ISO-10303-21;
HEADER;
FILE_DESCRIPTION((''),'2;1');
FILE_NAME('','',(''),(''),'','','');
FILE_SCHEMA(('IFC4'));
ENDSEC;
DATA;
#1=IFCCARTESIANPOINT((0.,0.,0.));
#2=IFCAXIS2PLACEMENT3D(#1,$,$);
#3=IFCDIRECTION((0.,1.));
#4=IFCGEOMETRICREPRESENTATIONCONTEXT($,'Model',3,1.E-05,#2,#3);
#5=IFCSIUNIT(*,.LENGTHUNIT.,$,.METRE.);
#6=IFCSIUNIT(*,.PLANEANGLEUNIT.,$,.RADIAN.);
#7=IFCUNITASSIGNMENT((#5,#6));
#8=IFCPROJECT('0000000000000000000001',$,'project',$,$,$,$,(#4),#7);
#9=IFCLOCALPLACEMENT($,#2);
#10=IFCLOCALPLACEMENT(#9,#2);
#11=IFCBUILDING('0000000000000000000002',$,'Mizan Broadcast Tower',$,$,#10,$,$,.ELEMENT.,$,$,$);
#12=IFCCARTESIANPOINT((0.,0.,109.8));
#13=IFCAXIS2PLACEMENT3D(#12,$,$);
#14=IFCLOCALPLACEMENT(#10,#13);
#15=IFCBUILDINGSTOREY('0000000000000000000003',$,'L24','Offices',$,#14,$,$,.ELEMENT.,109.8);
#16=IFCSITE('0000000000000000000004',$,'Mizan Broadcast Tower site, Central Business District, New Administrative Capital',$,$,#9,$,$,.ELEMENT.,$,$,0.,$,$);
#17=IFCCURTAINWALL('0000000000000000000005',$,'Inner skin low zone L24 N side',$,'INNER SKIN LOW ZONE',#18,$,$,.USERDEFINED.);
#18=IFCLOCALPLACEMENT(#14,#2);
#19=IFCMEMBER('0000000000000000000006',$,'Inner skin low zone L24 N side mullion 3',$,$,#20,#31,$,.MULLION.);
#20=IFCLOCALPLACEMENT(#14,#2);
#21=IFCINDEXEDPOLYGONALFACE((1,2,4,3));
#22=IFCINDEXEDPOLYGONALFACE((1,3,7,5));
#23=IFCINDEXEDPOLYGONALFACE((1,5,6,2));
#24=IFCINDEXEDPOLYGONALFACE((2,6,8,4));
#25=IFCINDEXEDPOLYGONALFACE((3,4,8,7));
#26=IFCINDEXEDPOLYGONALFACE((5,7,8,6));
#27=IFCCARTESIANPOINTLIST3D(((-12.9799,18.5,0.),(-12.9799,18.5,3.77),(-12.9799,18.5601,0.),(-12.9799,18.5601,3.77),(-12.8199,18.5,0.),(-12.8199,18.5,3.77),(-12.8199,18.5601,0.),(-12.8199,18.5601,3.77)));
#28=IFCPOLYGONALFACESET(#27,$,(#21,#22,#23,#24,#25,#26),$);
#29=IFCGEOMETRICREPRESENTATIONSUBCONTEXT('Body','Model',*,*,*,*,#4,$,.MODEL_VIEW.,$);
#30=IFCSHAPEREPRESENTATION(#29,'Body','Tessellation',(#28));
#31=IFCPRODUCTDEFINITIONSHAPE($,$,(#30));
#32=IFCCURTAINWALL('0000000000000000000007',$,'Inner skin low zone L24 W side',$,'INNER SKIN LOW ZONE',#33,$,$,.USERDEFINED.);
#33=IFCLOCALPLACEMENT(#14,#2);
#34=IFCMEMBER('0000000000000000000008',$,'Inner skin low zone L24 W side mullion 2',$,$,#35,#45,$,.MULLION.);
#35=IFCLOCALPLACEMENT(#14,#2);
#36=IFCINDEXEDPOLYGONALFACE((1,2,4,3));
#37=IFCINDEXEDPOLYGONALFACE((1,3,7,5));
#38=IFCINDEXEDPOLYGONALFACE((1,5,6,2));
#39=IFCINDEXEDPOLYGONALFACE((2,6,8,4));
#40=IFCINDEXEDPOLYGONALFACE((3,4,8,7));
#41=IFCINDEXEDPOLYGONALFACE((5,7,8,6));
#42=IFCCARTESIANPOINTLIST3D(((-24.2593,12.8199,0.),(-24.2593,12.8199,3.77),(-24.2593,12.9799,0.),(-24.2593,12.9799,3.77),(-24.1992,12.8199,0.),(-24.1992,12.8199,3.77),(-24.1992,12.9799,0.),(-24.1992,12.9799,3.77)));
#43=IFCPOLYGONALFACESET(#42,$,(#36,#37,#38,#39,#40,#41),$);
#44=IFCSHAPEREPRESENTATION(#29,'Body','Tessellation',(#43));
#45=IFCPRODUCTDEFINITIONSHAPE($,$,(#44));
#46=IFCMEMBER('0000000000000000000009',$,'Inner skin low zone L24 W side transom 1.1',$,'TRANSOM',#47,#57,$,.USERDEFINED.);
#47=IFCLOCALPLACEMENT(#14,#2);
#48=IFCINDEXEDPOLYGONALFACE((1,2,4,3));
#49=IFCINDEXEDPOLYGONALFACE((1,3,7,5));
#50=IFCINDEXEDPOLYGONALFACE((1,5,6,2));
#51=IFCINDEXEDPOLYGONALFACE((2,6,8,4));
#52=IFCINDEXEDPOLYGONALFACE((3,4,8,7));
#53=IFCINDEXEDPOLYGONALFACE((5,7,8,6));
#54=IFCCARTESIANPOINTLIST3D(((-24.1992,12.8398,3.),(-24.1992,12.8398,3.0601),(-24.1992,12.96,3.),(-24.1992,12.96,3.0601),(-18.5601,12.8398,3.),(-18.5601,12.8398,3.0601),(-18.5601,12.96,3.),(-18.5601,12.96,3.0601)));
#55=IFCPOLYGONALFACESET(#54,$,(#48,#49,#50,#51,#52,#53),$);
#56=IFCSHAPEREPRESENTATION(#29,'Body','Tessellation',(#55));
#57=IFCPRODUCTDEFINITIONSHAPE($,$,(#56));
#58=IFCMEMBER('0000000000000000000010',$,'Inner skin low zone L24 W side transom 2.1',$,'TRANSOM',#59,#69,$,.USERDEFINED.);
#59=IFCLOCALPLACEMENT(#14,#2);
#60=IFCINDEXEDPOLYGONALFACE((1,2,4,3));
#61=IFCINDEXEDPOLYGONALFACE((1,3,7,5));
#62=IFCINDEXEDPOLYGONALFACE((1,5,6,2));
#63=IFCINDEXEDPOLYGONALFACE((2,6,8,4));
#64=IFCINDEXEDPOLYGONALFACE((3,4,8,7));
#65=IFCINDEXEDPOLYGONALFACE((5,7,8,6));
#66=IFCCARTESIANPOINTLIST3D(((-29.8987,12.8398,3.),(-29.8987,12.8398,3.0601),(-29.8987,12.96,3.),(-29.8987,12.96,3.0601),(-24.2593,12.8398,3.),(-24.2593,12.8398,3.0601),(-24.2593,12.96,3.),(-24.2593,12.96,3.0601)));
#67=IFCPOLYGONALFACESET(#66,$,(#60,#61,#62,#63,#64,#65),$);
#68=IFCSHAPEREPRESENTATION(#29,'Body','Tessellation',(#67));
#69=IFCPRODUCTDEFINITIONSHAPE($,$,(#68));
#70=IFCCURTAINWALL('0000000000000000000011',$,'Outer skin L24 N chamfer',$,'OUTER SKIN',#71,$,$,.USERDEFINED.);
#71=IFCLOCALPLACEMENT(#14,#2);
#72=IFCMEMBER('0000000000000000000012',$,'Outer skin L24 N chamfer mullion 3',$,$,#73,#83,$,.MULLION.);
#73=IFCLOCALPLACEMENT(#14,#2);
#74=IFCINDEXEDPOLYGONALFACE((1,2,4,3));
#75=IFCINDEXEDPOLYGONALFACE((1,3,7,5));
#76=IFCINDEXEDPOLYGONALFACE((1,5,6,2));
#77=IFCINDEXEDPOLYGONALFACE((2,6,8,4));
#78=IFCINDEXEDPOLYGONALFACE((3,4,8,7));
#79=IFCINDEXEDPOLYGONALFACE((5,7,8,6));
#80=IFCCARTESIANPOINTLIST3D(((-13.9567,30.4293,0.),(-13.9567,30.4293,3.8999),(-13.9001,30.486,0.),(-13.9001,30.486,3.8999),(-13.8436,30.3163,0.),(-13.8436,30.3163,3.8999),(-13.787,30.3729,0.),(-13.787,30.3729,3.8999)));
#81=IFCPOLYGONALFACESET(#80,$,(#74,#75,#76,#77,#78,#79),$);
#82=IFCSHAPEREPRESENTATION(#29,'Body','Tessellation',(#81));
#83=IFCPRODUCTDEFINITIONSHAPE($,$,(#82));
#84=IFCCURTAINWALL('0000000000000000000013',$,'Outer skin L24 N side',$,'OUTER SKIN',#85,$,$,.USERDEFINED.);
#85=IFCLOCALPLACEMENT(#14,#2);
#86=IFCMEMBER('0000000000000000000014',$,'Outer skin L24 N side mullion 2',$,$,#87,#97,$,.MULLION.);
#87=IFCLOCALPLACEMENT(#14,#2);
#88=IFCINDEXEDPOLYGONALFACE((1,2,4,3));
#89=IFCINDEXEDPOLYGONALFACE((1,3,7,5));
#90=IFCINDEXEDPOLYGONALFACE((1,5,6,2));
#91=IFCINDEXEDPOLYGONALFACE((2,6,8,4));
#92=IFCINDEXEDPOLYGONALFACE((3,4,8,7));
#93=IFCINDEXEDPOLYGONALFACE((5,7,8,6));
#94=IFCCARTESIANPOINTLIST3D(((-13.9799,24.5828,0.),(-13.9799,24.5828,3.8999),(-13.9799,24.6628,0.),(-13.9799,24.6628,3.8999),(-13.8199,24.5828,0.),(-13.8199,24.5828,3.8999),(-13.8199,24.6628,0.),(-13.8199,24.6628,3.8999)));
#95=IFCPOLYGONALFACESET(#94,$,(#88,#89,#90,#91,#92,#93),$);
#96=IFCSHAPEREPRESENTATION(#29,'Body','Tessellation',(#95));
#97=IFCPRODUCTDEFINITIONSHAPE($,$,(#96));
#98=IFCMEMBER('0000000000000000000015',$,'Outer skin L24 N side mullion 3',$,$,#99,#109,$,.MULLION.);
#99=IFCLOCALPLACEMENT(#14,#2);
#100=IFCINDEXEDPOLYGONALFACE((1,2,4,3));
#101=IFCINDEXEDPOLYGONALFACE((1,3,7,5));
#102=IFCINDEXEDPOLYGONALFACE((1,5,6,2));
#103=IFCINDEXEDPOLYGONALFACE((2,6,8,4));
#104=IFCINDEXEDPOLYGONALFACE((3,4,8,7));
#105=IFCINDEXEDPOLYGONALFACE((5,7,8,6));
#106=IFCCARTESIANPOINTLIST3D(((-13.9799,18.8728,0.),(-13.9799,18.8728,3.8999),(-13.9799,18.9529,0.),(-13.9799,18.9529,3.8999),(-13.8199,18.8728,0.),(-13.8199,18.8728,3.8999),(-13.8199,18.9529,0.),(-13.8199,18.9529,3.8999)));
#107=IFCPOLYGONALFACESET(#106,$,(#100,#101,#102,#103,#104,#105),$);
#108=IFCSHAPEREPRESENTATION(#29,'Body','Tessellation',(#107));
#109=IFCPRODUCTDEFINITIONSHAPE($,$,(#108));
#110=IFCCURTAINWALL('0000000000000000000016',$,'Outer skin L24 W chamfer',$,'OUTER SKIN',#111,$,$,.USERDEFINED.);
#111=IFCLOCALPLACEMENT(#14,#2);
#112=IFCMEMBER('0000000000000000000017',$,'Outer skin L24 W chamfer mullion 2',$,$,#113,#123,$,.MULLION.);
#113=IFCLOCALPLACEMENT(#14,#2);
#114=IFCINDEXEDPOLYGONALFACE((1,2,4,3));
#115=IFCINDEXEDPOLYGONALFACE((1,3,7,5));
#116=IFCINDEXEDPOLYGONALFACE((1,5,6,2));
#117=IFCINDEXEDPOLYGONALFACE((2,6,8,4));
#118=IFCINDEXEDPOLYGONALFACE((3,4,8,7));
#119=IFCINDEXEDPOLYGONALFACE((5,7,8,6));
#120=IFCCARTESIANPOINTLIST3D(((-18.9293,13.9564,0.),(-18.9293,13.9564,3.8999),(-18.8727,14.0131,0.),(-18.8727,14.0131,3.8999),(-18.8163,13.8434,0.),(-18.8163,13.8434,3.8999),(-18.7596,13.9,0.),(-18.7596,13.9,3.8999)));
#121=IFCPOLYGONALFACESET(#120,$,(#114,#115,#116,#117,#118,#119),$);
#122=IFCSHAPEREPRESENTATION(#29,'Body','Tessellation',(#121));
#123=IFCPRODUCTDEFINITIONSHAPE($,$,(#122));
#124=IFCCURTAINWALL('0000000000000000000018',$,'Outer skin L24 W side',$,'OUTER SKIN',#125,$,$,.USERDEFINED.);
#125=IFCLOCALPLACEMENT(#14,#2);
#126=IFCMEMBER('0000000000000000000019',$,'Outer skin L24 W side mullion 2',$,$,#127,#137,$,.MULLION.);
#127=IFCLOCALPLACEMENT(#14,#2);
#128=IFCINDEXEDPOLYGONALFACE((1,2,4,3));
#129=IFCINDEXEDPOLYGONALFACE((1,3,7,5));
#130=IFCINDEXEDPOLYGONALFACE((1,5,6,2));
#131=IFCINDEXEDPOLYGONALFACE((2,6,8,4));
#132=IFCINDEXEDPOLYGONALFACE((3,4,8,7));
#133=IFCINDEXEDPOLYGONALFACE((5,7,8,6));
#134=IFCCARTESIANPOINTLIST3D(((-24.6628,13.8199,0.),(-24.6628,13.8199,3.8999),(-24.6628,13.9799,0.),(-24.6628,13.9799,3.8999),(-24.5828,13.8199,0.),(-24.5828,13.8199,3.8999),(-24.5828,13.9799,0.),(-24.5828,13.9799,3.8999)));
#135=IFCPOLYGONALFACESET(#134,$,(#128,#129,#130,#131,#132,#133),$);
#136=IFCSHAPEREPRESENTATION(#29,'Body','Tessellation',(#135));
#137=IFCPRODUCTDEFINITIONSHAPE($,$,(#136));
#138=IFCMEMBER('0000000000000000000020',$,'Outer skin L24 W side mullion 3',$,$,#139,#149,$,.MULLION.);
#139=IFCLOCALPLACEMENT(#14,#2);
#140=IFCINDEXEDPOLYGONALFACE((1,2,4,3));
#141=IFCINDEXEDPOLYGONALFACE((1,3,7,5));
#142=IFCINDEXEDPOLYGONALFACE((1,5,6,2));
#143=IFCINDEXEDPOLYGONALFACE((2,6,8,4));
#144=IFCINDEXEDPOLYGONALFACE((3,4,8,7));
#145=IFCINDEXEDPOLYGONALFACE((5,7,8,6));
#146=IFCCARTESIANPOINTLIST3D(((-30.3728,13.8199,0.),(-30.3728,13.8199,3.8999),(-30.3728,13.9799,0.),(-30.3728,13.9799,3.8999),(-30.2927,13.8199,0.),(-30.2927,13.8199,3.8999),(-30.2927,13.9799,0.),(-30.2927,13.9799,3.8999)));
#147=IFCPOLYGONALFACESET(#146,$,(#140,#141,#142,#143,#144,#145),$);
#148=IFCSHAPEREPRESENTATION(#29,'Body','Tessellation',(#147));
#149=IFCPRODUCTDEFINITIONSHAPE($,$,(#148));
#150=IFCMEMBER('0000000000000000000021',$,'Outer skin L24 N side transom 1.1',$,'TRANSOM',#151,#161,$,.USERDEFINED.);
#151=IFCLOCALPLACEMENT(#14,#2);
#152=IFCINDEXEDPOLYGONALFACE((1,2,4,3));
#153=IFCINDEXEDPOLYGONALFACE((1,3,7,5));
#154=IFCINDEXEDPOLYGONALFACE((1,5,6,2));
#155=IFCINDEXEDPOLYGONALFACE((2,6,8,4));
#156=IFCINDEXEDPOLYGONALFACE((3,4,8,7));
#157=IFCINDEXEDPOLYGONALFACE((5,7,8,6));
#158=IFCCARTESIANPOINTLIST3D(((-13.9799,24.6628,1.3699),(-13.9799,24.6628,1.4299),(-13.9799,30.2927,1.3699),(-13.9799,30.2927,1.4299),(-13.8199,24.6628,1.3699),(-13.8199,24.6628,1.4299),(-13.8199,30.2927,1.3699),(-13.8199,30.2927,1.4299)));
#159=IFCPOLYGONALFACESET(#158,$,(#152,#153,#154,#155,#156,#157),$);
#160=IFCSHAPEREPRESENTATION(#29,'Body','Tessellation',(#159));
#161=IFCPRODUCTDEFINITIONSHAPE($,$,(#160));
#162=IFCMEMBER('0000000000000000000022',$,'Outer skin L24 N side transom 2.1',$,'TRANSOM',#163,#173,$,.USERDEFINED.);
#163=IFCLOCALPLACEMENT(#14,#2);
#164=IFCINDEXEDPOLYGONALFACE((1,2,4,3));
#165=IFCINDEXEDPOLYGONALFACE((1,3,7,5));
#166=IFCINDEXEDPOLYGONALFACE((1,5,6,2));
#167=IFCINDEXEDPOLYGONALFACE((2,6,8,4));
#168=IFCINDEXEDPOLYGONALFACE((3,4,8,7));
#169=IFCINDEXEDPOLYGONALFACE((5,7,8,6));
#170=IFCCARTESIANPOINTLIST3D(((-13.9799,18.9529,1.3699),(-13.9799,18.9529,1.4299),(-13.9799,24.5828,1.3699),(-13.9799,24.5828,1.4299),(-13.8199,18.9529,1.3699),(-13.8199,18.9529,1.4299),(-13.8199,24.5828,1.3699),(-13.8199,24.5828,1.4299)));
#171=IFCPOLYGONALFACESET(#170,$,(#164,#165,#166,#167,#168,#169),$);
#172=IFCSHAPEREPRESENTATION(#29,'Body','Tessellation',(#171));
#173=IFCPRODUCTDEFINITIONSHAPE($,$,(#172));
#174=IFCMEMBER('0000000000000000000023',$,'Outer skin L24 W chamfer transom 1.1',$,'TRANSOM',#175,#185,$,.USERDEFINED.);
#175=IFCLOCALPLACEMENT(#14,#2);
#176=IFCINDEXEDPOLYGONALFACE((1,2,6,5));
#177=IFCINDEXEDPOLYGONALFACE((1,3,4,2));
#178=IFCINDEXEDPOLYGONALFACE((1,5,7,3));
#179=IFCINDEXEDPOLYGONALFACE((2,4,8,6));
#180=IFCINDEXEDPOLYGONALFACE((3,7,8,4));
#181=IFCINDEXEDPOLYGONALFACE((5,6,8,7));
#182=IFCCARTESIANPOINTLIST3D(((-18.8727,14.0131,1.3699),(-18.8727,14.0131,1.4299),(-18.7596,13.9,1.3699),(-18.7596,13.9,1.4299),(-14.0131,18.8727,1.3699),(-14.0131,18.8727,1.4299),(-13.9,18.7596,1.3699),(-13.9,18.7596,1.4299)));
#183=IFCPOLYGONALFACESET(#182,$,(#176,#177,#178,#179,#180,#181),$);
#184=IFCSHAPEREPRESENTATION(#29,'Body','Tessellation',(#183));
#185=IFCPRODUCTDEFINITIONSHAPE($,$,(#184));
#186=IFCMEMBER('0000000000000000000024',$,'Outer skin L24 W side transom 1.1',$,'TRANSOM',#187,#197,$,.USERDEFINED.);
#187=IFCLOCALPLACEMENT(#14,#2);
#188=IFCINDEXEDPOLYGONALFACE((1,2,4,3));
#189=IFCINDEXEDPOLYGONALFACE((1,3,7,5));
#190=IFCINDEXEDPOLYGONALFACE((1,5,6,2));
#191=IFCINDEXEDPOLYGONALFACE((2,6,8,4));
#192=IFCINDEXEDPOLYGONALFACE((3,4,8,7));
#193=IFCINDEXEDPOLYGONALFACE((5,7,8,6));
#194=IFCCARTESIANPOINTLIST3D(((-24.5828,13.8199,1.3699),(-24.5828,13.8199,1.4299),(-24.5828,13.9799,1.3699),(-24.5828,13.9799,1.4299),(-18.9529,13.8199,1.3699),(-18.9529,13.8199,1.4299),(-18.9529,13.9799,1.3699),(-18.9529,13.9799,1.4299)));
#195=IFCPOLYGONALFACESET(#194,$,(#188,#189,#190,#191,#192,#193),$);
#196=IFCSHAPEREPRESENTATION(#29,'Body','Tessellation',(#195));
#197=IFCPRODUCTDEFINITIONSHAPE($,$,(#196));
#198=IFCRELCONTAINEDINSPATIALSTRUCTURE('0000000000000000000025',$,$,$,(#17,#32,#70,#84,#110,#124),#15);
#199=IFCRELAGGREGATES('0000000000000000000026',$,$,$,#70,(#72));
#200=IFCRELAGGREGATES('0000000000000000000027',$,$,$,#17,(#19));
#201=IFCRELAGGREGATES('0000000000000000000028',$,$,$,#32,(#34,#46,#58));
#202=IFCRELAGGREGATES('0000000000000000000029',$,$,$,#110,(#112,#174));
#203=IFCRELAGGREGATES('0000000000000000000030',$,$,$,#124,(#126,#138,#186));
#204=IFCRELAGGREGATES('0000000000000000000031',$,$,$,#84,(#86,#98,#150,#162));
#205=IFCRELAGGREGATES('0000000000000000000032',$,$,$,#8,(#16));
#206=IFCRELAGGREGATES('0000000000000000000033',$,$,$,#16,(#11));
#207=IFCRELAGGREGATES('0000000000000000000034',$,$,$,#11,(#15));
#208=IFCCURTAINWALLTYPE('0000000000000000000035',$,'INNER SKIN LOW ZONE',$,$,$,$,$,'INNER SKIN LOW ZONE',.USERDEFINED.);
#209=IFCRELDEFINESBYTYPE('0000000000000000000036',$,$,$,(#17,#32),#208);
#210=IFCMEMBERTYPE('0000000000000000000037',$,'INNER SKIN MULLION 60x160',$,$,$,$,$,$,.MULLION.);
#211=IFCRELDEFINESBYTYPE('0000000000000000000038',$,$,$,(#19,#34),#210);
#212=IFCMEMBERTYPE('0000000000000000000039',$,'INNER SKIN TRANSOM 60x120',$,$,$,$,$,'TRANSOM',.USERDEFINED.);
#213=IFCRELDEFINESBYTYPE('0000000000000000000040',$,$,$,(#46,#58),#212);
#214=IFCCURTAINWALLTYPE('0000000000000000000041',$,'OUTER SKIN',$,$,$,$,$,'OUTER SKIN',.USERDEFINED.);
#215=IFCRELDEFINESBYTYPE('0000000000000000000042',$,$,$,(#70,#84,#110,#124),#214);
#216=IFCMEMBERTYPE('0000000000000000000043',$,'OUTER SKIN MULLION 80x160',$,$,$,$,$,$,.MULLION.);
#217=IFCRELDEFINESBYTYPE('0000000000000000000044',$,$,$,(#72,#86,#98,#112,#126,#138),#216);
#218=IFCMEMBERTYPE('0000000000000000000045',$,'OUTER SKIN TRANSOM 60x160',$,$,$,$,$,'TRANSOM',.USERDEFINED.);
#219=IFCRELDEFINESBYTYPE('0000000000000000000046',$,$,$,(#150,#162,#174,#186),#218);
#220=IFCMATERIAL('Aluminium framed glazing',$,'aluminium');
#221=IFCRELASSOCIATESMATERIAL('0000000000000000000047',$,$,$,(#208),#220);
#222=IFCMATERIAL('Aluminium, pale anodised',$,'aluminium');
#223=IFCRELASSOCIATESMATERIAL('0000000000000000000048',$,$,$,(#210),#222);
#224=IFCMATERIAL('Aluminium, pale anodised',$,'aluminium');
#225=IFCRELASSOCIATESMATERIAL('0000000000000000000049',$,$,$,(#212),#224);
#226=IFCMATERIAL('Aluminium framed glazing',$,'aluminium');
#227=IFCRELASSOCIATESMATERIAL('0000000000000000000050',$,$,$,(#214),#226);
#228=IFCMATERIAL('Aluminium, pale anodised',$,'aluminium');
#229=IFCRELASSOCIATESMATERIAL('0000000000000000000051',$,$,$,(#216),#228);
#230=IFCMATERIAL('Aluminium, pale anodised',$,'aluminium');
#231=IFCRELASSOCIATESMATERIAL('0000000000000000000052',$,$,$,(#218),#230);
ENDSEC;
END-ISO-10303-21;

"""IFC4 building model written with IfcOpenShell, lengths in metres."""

from ifc_helpers import new_model, si_unit, direction, frame, origin, origin_2d, place, context, subcontext, project, spatial, rectangle, extrude, material, material_profile, profile_set, type_object, element, aggregate, save


model = new_model("IFC4")

# Units and contexts
model_context = context("Model", 3, precision=1e-05, world=origin(), true_north=direction((0.0, 1.0)))
body_context = subcontext(model_context, "Body", "Model", "MODEL_VIEW")
ifc_project = project(units=[si_unit("LENGTHUNIT", "METRE"), si_unit("PLANEANGLEUNIT", "RADIAN")], contexts=[model_context])

# Site, building, storey
site_placement = place(None, origin())
site = spatial("IfcSite", under=ifc_project, at=site_placement, Name="Mizan Broadcast Tower site, Central Business District, New Administrative Capital", CompositionType="ELEMENT", RefElevation=0.0)
building_placement = place(site_placement, origin())
building = spatial("IfcBuilding", under=site, at=building_placement, Name="Mizan Broadcast Tower", CompositionType="ELEMENT")
storey_placement = place(building_placement, frame((0.0, 0.0, 109.8)))
storey = spatial("IfcBuildingStorey", under=building, at=storey_placement, Name="L24", Description="Offices", CompositionType="ELEMENT", Elevation=109.8)

# Curtain wall, member
ifc_material_1 = material(Name="Aluminium framed glazing", Category="aluminium")
curtain_wall_type_1 = type_object("IfcCurtainWallType", Name="INNER SKIN LOW ZONE", ElementType="INNER SKIN LOW ZONE", PredefinedType="USERDEFINED", material=ifc_material_1)
curtain_wall_1_placement = place(storey_placement, origin())
curtain_wall_1 = element("IfcCurtainWall", 1, at=curtain_wall_1_placement, inside=storey, type_object=curtain_wall_type_1, Name="Inner skin low zone L24 N side", ObjectType="INNER SKIN LOW ZONE", PredefinedType="USERDEFINED")
ifc_material_2 = material(Name="Aluminium, pale anodised", Category="aluminium")
ifc_material_profile_1 = material_profile(ifc_material_2, rectangle(XDim=0.1599, YDim=0.0601, at=origin_2d()), Name="MULLION 160x60")
ifc_profile_set_1 = profile_set([ifc_material_profile_1], Name="Aluminium, pale anodised")
member_type_1 = type_object("IfcMemberType", Name="INNER SKIN MULLION 60x160", PredefinedType="MULLION", material=ifc_profile_set_1)
member_1_placement = place(storey_placement, frame((-12.8999, 18.53, 0.0), z_axis=(0.0, 0.0, 1.0), x_axis=(1.0, 0.0, 0.0)))
member_1 = element("IfcMember", 2, at=member_1_placement, type_object=member_type_1, Name="Inner skin low zone L24 N side mullion 3", PredefinedType="MULLION", context=body_context, shape_type="SweptSolid", body=[
    extrude(rectangle(XDim=0.1599, YDim=0.0601, at=origin_2d()), origin(), (0.0, 0.0, 1.0), 3.77),
])

# Curtain wall, members
curtain_wall_2_placement = place(storey_placement, origin())
curtain_wall_2 = element("IfcCurtainWall", 3, at=curtain_wall_2_placement, inside=storey, type_object=curtain_wall_type_1, Name="Inner skin low zone L24 W side", ObjectType="INNER SKIN LOW ZONE", PredefinedType="USERDEFINED")
member_2_placement = place(storey_placement, frame((-24.2292, 12.8999, 0.0), z_axis=(0.0, 0.0, 1.0), x_axis=(0.0, -1.0, 0.0)))
member_2 = element("IfcMember", 4, at=member_2_placement, type_object=member_type_1, Name="Inner skin low zone L24 W side mullion 2", PredefinedType="MULLION", context=body_context, shape_type="SweptSolid", body=[
    extrude(rectangle(XDim=0.1599, YDim=0.0601, at=origin_2d()), origin(), (0.0, 0.0, 1.0), 3.77),
])
ifc_material_3 = material(Name="Aluminium, pale anodised", Category="aluminium")
ifc_material_profile_2 = material_profile(ifc_material_3, rectangle(XDim=0.1201, YDim=0.0601, at=origin_2d()), Name="TRANSOM 120x60")
ifc_profile_set_2 = profile_set([ifc_material_profile_2], Name="Aluminium, pale anodised")
member_type_2 = type_object("IfcMemberType", Name="INNER SKIN TRANSOM 60x120", ElementType="TRANSOM", PredefinedType="USERDEFINED", material=ifc_profile_set_2)
member_3_placement = place(storey_placement, frame((-18.5601, 12.8999, 3.03), z_axis=(-1.0, 0.0, 0.0), x_axis=(0.0, -1.0, 0.0)))
member_3 = element("IfcMember", 5, at=member_3_placement, type_object=member_type_2, Name="Inner skin low zone L24 W side transom 1.1", ObjectType="TRANSOM", PredefinedType="USERDEFINED", context=body_context, shape_type="SweptSolid", body=[
    extrude(rectangle(XDim=0.1201, YDim=0.0601, at=origin_2d()), origin(), (0.0, 0.0, 1.0), 5.6392),
])
member_4_placement = place(storey_placement, frame((-24.2593, 12.8999, 3.03), z_axis=(-1.0, 0.0, 0.0), x_axis=(0.0, -1.0, 0.0)))
member_4 = element("IfcMember", 6, at=member_4_placement, type_object=member_type_2, Name="Inner skin low zone L24 W side transom 2.1", ObjectType="TRANSOM", PredefinedType="USERDEFINED", context=body_context, shape_type="SweptSolid", body=[
    extrude(rectangle(XDim=0.1201, YDim=0.0601, at=origin_2d()), origin(), (0.0, 0.0, 1.0), 5.6394),
])

# Curtain wall, member
ifc_material_4 = material(Name="Aluminium framed glazing", Category="aluminium")
curtain_wall_type_2 = type_object("IfcCurtainWallType", Name="OUTER SKIN", ElementType="OUTER SKIN", PredefinedType="USERDEFINED", material=ifc_material_4)
curtain_wall_3_placement = place(storey_placement, origin())
curtain_wall_3 = element("IfcCurtainWall", 7, at=curtain_wall_3_placement, inside=storey, type_object=curtain_wall_type_2, Name="Outer skin L24 N chamfer", ObjectType="OUTER SKIN", PredefinedType="USERDEFINED")
ifc_material_5 = material(Name="Aluminium, pale anodised", Category="aluminium")
ifc_material_profile_3 = material_profile(ifc_material_5, rectangle(XDim=0.1599, YDim=0.0801, at=origin_2d()), Name="MULLION 160x80")
ifc_profile_set_3 = profile_set([ifc_material_profile_3], Name="Aluminium, pale anodised")
member_type_3 = type_object("IfcMemberType", Name="OUTER SKIN MULLION 80x160", PredefinedType="MULLION", material=ifc_profile_set_3)
member_5_placement = place(storey_placement, frame((-13.8718, 30.4011, 0.0), z_axis=(0.0, 0.0, 1.0), x_axis=(0.707107, -0.707107, 0.0)))
member_5 = element("IfcMember", 8, at=member_5_placement, type_object=member_type_3, Name="Outer skin L24 N chamfer mullion 3", PredefinedType="MULLION", context=body_context, shape_type="SweptSolid", body=[
    extrude(rectangle(XDim=0.1599, YDim=0.0801, at=origin_2d()), origin(), (0.0, 0.0, 1.0), 3.8999),
])
aggregate(curtain_wall_3, [member_5])

# Curtain wall, members
curtain_wall_4_placement = place(storey_placement, origin())
curtain_wall_4 = element("IfcCurtainWall", 9, at=curtain_wall_4_placement, inside=storey, type_object=curtain_wall_type_2, Name="Outer skin L24 N side", ObjectType="OUTER SKIN", PredefinedType="USERDEFINED")
member_6_placement = place(storey_placement, frame((-13.8999, 24.6228, 0.0), z_axis=(0.0, 0.0, 1.0), x_axis=(1.0, 0.0, 0.0)))
member_6 = element("IfcMember", 10, at=member_6_placement, type_object=member_type_3, Name="Outer skin L24 N side mullion 2", PredefinedType="MULLION", context=body_context, shape_type="SweptSolid", body=[
    extrude(rectangle(XDim=0.1599, YDim=0.0801, at=origin_2d()), origin(), (0.0, 0.0, 1.0), 3.8999),
])
member_7_placement = place(storey_placement, frame((-13.8999, 18.9128, 0.0), z_axis=(0.0, 0.0, 1.0), x_axis=(1.0, 0.0, 0.0)))
member_7 = element("IfcMember", 11, at=member_7_placement, type_object=member_type_3, Name="Outer skin L24 N side mullion 3", PredefinedType="MULLION", context=body_context, shape_type="SweptSolid", body=[
    extrude(rectangle(XDim=0.1599, YDim=0.0801, at=origin_2d()), origin(), (0.0, 0.0, 1.0), 3.8999),
])

# Curtain wall, member
curtain_wall_5_placement = place(storey_placement, origin())
curtain_wall_5 = element("IfcCurtainWall", 12, at=curtain_wall_5_placement, inside=storey, type_object=curtain_wall_type_2, Name="Outer skin L24 W chamfer", ObjectType="OUTER SKIN", PredefinedType="USERDEFINED")
member_8_placement = place(storey_placement, frame((-18.8445, 13.9282, 0.0), z_axis=(0.0, 0.0, 1.0), x_axis=(0.707107, -0.707107, 0.0)))
member_8 = element("IfcMember", 13, at=member_8_placement, type_object=member_type_3, Name="Outer skin L24 W chamfer mullion 2", PredefinedType="MULLION", context=body_context, shape_type="SweptSolid", body=[
    extrude(rectangle(XDim=0.1599, YDim=0.0801, at=origin_2d()), origin(), (0.0, 0.0, 1.0), 3.8999),
])

# Curtain wall, members
curtain_wall_6_placement = place(storey_placement, origin())
curtain_wall_6 = element("IfcCurtainWall", 14, at=curtain_wall_6_placement, inside=storey, type_object=curtain_wall_type_2, Name="Outer skin L24 W side", ObjectType="OUTER SKIN", PredefinedType="USERDEFINED")
member_9_placement = place(storey_placement, frame((-24.6228, 13.8999, 0.0), z_axis=(0.0, 0.0, 1.0), x_axis=(0.0, -1.0, 0.0)))
member_9 = element("IfcMember", 15, at=member_9_placement, type_object=member_type_3, Name="Outer skin L24 W side mullion 2", PredefinedType="MULLION", context=body_context, shape_type="SweptSolid", body=[
    extrude(rectangle(XDim=0.1599, YDim=0.0801, at=origin_2d()), origin(), (0.0, 0.0, 1.0), 3.8999),
])
member_10_placement = place(storey_placement, frame((-30.3328, 13.8999, 0.0), z_axis=(0.0, 0.0, 1.0), x_axis=(0.0, -1.0, 0.0)))
member_10 = element("IfcMember", 16, at=member_10_placement, type_object=member_type_3, Name="Outer skin L24 W side mullion 3", PredefinedType="MULLION", context=body_context, shape_type="SweptSolid", body=[
    extrude(rectangle(XDim=0.1599, YDim=0.0801, at=origin_2d()), origin(), (0.0, 0.0, 1.0), 3.8999),
])

# Members
ifc_material_6 = material(Name="Aluminium, pale anodised", Category="aluminium")
ifc_material_profile_4 = material_profile(ifc_material_6, rectangle(XDim=0.1599, YDim=0.0601, at=origin_2d()), Name="TRANSOM 160x60")
ifc_profile_set_4 = profile_set([ifc_material_profile_4], Name="Aluminium, pale anodised")
member_type_4 = type_object("IfcMemberType", Name="OUTER SKIN TRANSOM 60x160", ElementType="TRANSOM", PredefinedType="USERDEFINED", material=ifc_profile_set_4)
member_11_placement = place(storey_placement, frame((-13.8999, 30.2927, 1.3999), z_axis=(0.0, -1.0, 0.0), x_axis=(1.0, 0.0, 0.0)))
member_11 = element("IfcMember", 17, at=member_11_placement, type_object=member_type_4, Name="Outer skin L24 N side transom 1.1", ObjectType="TRANSOM", PredefinedType="USERDEFINED", context=body_context, shape_type="SweptSolid", body=[
    extrude(rectangle(XDim=0.1599, YDim=0.0601, at=origin_2d()), origin(), (0.0, 0.0, 1.0), 5.6299),
])
member_12_placement = place(storey_placement, frame((-13.8999, 24.5828, 1.3999), z_axis=(0.0, -1.0, 0.0), x_axis=(1.0, 0.0, 0.0)))
member_12 = element("IfcMember", 18, at=member_12_placement, type_object=member_type_4, Name="Outer skin L24 N side transom 2.1", ObjectType="TRANSOM", PredefinedType="USERDEFINED", context=body_context, shape_type="SweptSolid", body=[
    extrude(rectangle(XDim=0.1599, YDim=0.0601, at=origin_2d()), origin(), (0.0, 0.0, 1.0), 5.6299),
])
member_13_placement = place(storey_placement, frame((-13.9565, 18.8162, 1.3999), z_axis=(-0.707107, -0.707107, 0.0), x_axis=(0.707107, -0.707107, 0.0)))
member_13 = element("IfcMember", 19, at=member_13_placement, type_object=member_type_4, Name="Outer skin L24 W chamfer transom 1.1", ObjectType="TRANSOM", PredefinedType="USERDEFINED", context=body_context, shape_type="SweptSolid", body=[
    extrude(rectangle(XDim=0.1599, YDim=0.0601, at=origin_2d()), origin(), (0.0, 0.0, 1.0), 6.8726),
])
member_14_placement = place(storey_placement, frame((-18.9529, 13.8999, 1.3999), z_axis=(-1.0, 0.0, 0.0), x_axis=(0.0, -1.0, 0.0)))
member_14 = element("IfcMember", 20, at=member_14_placement, type_object=member_type_4, Name="Outer skin L24 W side transom 1.1", ObjectType="TRANSOM", PredefinedType="USERDEFINED", context=body_context, shape_type="SweptSolid", body=[
    extrude(rectangle(XDim=0.1599, YDim=0.0601, at=origin_2d()), origin(), (0.0, 0.0, 1.0), 5.6299),
])

aggregate(curtain_wall_1, [member_1])
aggregate(curtain_wall_2, [member_2, member_3, member_4])
aggregate(curtain_wall_5, [member_8, member_13])
aggregate(curtain_wall_6, [member_9, member_10, member_14])
aggregate(curtain_wall_4, [member_6, member_7, member_11, member_12])

save(model, "model.ifc")
